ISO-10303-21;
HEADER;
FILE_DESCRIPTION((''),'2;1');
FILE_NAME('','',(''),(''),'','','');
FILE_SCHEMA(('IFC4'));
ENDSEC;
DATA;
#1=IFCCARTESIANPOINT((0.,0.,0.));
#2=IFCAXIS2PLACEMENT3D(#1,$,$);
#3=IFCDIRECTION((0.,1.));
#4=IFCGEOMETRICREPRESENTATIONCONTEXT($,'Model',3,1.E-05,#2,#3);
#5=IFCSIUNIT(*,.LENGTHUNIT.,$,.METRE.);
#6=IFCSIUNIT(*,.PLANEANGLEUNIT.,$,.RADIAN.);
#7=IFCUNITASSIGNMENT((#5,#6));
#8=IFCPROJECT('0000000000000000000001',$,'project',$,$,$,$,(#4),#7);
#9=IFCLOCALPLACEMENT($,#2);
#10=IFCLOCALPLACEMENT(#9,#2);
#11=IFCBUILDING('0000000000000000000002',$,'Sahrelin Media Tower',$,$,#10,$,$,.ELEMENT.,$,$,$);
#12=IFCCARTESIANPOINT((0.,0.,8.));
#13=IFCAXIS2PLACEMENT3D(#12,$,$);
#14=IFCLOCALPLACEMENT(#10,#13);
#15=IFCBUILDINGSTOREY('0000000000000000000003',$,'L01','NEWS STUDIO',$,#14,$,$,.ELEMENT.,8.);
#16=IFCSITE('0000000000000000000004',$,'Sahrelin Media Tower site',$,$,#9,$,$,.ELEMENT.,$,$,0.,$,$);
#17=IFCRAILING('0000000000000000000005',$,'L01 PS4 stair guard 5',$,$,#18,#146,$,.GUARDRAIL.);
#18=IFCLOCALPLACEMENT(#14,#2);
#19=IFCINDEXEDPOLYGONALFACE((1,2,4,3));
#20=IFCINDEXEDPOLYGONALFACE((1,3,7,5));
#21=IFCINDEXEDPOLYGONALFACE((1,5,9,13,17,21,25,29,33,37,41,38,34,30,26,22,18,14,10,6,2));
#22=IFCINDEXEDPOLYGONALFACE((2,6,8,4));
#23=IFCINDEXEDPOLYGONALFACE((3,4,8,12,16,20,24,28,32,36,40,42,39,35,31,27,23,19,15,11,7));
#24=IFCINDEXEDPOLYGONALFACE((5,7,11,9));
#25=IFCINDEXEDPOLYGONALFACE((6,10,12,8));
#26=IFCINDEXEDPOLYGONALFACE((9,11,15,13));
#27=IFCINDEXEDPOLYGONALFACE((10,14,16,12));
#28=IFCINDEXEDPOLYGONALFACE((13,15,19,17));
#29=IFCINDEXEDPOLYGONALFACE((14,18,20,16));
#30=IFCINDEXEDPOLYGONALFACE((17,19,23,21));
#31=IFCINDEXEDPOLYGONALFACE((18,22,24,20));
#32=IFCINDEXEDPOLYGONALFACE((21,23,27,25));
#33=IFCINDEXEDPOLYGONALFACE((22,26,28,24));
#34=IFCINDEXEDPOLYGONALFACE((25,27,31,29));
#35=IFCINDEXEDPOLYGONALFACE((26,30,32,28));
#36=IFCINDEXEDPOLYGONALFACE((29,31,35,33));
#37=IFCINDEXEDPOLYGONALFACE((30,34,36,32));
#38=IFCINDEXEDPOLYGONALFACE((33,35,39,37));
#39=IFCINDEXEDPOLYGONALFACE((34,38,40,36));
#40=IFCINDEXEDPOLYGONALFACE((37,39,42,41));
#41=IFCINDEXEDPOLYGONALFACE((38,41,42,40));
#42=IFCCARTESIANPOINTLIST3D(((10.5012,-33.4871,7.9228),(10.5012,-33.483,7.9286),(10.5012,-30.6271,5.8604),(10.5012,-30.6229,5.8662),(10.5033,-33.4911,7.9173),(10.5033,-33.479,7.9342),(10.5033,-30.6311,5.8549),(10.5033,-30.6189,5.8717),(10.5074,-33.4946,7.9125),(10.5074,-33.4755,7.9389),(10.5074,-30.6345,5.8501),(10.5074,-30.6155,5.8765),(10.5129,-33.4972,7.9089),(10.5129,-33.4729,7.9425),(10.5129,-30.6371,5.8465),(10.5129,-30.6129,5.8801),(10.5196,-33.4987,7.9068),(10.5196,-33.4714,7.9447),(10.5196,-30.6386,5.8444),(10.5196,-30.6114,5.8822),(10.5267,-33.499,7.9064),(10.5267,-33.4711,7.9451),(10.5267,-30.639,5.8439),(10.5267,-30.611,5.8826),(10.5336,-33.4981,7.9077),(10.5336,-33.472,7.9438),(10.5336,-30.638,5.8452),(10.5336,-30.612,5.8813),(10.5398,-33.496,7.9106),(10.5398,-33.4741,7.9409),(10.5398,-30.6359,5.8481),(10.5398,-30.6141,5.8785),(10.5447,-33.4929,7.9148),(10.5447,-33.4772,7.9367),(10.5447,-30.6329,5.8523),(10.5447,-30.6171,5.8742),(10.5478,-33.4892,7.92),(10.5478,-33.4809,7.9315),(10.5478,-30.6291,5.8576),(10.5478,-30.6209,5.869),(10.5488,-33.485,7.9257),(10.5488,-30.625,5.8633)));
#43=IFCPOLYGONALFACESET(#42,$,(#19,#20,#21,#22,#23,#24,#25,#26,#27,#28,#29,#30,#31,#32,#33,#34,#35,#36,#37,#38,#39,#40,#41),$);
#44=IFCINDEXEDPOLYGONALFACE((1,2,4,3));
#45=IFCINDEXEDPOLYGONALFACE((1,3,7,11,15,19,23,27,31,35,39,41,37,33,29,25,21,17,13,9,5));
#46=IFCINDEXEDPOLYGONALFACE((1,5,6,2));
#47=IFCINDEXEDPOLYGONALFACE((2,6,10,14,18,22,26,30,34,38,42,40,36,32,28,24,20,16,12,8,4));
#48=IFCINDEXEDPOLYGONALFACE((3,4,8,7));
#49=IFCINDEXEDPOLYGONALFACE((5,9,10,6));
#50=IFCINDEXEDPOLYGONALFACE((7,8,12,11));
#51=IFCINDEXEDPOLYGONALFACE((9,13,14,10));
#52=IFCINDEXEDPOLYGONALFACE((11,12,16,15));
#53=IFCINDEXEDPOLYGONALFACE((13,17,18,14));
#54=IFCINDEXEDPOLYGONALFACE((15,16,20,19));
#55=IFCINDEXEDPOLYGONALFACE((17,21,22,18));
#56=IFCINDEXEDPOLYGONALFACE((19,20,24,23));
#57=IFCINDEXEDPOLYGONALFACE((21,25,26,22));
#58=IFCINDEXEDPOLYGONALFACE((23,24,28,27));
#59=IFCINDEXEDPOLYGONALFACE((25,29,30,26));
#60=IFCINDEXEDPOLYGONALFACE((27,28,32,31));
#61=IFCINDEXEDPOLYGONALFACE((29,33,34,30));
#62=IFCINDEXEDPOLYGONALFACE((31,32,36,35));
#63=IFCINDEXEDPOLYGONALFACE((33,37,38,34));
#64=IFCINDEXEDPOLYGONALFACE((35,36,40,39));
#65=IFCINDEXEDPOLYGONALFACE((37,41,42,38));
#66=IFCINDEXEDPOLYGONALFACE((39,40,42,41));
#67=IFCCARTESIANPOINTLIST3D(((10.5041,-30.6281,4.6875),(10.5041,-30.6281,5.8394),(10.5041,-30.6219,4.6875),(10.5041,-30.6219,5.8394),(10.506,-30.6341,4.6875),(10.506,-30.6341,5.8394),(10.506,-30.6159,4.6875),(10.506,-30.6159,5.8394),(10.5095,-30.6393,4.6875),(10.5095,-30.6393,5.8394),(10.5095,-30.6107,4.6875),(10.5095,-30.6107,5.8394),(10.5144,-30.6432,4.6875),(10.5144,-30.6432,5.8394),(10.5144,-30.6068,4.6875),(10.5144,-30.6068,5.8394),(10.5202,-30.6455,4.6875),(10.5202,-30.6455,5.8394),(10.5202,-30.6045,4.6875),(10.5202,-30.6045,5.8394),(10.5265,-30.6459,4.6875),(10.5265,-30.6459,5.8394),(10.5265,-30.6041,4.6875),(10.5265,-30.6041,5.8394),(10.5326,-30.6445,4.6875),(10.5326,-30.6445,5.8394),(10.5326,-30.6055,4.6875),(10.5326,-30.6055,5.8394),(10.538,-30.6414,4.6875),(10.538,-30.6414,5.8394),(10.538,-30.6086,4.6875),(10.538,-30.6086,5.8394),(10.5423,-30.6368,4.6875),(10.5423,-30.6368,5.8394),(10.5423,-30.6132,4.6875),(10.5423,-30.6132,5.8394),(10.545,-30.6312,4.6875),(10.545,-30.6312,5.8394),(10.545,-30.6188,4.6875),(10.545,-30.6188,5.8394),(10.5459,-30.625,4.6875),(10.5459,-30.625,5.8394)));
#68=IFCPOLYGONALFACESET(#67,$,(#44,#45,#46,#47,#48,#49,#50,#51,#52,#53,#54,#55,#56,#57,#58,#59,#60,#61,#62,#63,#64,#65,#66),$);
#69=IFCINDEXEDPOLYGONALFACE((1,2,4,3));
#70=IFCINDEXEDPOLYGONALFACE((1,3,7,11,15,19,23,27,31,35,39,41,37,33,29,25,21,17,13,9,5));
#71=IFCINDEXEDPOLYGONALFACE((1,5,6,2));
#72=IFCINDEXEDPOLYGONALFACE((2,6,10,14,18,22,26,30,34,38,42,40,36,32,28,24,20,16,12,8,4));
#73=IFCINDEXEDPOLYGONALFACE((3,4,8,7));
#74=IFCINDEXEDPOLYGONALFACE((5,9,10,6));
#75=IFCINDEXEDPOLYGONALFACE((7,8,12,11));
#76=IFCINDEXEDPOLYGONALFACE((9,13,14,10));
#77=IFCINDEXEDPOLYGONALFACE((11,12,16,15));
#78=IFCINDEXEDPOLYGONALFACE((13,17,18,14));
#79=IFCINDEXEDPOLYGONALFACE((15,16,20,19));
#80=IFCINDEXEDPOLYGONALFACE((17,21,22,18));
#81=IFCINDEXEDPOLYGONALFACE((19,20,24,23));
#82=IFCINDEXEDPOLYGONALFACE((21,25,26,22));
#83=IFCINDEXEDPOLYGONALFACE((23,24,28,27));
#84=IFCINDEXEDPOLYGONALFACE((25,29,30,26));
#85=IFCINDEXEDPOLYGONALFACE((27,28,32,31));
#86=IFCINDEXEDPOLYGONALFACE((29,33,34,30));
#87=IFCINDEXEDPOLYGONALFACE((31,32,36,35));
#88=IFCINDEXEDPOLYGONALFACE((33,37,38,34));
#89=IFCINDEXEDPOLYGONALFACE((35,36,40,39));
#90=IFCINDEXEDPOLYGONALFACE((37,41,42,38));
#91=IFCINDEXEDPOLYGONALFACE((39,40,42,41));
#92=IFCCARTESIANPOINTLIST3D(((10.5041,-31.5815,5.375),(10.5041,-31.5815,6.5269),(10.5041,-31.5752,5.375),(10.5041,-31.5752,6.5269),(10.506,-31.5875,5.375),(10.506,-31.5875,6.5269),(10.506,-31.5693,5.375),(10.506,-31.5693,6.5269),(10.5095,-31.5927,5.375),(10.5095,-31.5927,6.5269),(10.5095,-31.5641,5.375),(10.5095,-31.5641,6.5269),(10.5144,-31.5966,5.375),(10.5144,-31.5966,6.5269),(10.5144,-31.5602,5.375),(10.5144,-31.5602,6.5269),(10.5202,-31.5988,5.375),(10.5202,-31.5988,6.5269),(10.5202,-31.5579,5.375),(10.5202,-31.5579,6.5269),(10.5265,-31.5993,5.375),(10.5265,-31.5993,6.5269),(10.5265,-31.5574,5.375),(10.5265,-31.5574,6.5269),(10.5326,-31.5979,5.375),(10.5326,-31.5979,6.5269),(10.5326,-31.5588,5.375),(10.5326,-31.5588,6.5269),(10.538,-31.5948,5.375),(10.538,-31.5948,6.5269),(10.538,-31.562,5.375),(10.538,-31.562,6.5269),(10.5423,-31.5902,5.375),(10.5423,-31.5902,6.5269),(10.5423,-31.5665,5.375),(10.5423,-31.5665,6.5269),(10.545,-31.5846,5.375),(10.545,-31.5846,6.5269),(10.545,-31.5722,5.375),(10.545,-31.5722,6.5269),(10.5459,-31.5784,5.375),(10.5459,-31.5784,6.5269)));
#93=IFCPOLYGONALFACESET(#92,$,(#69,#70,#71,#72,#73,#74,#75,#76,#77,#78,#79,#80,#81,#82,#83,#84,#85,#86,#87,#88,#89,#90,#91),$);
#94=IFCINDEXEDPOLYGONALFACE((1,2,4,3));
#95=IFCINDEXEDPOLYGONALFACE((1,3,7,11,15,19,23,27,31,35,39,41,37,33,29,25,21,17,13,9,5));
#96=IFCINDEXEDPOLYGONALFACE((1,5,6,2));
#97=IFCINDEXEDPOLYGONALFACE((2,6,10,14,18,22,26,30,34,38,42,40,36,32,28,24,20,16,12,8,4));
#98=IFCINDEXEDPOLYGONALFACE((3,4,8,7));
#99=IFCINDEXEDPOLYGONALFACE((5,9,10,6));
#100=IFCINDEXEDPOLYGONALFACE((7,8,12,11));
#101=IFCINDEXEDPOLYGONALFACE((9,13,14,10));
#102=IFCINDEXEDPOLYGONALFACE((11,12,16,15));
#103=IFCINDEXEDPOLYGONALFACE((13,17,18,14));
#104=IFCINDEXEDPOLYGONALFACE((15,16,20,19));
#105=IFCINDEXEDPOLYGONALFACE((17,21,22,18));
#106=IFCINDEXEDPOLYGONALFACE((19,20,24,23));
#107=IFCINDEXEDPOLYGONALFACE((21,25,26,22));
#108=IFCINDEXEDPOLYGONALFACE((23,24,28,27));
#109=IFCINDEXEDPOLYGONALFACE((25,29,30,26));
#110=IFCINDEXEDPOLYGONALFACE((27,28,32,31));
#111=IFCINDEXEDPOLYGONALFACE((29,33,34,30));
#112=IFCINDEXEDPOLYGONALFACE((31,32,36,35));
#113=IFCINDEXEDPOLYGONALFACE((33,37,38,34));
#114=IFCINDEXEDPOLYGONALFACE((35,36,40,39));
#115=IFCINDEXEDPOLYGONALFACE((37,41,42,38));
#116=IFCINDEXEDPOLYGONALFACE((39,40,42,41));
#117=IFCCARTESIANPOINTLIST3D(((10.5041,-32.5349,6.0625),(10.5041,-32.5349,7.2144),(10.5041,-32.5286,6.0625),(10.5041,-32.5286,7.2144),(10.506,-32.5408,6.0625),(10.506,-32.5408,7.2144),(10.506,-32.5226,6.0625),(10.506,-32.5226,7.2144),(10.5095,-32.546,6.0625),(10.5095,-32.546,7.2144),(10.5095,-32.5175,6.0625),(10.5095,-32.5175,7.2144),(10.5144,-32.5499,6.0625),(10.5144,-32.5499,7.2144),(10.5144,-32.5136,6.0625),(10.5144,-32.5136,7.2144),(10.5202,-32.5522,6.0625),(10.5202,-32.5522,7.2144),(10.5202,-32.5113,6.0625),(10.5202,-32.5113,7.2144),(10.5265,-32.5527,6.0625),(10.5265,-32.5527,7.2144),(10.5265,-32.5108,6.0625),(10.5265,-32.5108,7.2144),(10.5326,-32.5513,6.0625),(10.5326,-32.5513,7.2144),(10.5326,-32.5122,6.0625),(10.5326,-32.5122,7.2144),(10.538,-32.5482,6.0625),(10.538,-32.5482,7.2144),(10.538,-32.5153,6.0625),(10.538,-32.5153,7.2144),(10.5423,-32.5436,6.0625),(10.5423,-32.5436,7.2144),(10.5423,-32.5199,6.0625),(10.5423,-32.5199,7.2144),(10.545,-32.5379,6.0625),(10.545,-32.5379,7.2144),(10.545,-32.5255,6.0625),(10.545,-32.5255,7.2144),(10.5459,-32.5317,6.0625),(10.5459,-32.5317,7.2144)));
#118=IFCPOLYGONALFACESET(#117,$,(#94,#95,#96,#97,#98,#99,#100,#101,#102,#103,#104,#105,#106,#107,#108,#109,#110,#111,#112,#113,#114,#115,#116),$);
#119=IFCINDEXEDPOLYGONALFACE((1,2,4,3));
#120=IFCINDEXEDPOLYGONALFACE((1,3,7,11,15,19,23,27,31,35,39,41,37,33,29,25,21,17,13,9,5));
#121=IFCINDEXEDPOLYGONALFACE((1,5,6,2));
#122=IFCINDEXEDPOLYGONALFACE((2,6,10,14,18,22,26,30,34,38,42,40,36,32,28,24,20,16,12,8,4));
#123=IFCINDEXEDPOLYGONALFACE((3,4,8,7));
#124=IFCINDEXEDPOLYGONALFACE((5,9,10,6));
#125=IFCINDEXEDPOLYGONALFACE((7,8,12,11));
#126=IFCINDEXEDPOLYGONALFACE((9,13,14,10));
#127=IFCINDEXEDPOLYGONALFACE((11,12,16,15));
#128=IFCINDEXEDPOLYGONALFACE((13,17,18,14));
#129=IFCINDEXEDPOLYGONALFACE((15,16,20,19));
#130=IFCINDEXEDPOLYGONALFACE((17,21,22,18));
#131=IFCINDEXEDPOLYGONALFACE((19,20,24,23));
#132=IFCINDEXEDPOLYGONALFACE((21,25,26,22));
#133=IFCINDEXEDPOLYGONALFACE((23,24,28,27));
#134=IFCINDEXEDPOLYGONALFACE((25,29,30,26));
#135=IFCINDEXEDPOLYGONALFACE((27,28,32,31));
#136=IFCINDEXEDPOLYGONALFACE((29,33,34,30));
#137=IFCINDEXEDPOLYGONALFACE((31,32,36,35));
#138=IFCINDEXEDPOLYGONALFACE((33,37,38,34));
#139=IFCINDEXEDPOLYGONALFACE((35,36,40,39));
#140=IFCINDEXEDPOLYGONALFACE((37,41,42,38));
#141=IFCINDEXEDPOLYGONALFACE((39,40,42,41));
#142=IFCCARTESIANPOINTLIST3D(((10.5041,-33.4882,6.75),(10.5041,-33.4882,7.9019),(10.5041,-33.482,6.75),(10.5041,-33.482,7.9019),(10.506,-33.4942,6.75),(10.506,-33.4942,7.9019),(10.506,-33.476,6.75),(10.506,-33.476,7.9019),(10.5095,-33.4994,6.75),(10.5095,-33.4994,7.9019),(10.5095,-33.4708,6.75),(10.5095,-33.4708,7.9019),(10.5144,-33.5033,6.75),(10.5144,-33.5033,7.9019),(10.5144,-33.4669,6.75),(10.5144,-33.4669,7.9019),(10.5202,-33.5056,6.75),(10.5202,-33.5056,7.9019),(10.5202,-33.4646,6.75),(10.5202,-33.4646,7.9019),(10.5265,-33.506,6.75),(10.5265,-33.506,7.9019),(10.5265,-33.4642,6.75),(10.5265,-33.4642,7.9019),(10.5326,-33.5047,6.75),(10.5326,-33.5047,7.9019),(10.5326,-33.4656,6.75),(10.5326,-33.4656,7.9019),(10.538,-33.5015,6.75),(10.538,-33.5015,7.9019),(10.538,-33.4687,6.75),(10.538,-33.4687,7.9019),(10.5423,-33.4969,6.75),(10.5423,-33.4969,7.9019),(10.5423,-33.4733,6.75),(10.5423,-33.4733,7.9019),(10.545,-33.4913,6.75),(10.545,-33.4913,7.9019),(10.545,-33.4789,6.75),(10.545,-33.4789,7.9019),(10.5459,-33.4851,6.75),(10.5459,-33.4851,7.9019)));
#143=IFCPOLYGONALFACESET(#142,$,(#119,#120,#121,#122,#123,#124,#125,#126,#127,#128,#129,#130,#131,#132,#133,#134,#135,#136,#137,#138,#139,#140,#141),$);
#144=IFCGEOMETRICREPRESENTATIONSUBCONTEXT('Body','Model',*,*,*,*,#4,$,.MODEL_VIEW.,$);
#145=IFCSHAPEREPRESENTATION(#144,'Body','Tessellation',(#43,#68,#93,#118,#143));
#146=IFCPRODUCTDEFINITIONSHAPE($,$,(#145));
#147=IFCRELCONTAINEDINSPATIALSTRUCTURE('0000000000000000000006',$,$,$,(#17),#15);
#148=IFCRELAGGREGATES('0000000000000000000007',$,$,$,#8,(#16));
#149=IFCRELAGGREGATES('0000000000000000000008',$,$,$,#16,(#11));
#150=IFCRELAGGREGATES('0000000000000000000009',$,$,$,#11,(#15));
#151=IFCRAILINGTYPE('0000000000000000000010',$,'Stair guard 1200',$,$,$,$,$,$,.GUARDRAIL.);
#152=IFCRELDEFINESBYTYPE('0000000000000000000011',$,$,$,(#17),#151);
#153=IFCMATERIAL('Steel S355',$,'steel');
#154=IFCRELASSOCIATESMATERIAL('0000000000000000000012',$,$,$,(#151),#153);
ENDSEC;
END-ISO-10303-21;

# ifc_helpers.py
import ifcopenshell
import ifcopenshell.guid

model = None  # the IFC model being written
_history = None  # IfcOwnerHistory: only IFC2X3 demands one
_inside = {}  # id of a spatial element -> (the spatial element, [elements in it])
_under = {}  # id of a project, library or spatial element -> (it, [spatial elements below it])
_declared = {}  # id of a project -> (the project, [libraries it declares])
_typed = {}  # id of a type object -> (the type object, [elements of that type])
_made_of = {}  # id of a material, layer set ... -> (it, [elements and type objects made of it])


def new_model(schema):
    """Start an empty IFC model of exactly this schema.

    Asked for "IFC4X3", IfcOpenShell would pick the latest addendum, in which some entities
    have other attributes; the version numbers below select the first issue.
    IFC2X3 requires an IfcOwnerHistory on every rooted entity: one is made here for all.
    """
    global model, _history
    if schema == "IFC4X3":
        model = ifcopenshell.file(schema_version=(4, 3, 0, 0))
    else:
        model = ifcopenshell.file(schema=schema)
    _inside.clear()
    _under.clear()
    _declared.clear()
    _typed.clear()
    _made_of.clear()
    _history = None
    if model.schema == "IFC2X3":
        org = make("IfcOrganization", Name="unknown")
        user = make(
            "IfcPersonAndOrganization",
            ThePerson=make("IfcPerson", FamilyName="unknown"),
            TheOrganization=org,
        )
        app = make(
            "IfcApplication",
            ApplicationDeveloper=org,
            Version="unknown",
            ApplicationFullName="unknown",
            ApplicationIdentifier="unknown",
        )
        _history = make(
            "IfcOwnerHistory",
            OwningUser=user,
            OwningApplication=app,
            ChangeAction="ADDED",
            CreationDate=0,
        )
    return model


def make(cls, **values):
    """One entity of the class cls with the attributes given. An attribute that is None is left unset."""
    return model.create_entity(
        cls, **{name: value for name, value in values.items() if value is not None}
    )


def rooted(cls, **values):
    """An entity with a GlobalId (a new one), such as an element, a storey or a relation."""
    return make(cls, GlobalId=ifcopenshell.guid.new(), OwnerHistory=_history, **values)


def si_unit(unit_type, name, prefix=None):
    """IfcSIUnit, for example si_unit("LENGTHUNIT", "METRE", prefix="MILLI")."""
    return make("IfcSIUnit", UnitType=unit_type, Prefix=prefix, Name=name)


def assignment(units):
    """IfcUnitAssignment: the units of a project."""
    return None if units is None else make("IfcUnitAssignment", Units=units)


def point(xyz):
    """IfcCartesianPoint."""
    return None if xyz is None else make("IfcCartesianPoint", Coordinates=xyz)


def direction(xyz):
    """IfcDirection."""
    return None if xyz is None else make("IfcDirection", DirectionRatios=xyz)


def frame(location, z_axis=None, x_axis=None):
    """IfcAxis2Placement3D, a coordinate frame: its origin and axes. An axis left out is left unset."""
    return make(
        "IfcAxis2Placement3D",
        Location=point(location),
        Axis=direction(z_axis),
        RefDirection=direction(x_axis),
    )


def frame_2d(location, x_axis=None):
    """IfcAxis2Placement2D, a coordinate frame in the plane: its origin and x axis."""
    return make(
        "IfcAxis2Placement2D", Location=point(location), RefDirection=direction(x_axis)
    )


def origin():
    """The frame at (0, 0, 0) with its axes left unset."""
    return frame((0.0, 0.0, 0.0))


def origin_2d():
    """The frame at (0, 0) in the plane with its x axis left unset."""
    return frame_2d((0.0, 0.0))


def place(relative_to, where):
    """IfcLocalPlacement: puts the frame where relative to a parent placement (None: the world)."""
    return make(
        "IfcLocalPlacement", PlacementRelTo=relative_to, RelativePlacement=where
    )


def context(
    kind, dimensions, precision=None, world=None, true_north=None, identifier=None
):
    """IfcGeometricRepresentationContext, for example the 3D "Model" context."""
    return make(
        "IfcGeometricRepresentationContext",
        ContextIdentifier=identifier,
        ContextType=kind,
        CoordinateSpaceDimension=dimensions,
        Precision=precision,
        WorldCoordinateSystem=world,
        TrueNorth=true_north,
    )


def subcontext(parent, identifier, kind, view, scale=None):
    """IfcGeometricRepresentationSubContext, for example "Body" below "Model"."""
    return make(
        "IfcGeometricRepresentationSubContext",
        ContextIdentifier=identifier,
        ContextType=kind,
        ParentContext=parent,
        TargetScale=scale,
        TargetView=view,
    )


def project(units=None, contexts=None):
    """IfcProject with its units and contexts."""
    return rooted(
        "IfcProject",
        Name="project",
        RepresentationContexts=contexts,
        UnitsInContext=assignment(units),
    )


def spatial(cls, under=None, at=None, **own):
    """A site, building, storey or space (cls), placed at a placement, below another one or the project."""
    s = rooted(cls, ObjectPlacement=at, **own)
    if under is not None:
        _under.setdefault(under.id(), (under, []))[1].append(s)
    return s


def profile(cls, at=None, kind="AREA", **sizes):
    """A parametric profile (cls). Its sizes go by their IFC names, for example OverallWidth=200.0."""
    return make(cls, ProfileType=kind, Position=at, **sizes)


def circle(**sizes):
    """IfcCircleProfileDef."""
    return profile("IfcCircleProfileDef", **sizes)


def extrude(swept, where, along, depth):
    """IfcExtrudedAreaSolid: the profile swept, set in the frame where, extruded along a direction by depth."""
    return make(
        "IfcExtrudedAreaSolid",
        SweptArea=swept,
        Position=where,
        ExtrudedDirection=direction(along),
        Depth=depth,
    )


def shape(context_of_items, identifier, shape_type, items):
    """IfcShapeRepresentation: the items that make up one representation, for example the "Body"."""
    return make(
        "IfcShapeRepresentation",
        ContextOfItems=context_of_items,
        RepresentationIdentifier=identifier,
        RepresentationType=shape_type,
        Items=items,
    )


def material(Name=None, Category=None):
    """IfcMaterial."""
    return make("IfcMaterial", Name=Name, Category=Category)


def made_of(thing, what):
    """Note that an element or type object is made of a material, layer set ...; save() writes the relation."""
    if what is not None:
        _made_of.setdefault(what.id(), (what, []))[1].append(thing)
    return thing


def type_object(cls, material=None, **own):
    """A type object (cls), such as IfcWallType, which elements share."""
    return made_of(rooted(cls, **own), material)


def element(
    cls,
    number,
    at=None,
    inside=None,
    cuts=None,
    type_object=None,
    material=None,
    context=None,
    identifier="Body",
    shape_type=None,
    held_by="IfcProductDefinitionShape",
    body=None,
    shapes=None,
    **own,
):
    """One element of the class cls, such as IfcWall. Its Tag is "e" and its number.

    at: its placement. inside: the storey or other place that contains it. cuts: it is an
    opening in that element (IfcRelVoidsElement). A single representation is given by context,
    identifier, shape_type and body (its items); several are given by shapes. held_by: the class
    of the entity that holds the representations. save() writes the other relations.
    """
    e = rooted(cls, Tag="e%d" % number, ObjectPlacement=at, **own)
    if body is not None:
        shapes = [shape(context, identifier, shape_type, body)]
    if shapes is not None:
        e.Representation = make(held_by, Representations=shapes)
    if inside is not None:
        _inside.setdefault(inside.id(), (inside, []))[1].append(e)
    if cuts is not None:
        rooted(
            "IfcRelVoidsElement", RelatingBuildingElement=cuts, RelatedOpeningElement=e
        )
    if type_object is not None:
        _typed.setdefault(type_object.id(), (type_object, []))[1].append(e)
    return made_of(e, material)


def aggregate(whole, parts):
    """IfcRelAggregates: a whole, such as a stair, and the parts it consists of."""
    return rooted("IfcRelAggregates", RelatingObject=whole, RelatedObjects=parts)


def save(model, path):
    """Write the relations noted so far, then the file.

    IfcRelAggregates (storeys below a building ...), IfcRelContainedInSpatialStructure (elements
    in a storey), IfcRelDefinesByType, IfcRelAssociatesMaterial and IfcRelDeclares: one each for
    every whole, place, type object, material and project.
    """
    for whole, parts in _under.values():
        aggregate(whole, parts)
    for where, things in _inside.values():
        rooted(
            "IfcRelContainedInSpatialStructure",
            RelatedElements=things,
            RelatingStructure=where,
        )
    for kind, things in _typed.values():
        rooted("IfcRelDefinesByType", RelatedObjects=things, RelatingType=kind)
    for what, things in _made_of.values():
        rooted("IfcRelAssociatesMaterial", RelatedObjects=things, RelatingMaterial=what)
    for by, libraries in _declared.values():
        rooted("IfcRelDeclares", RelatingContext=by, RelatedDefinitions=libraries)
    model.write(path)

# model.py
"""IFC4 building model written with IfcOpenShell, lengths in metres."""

from ifc_helpers import new_model, si_unit, direction, frame, origin, origin_2d, place, context, subcontext, project, spatial, circle, extrude, material, type_object, element, save


model = new_model("IFC4")

# Units and contexts
model_context = context("Model", 3, precision=1e-05, world=origin(), true_north=direction((0.0, 1.0)))
body_context = subcontext(model_context, "Body", "Model", "MODEL_VIEW")
ifc_project = project(units=[si_unit("LENGTHUNIT", "METRE"), si_unit("PLANEANGLEUNIT", "RADIAN")], contexts=[model_context])

# Site, building, storey
site_placement = place(None, origin())
site = spatial("IfcSite", under=ifc_project, at=site_placement, Name="Sahrelin Media Tower site", CompositionType="ELEMENT", RefElevation=0.0)
building_placement = place(site_placement, origin())
building = spatial("IfcBuilding", under=site, at=building_placement, Name="Sahrelin Media Tower", CompositionType="ELEMENT")
storey_placement = place(building_placement, frame((0.0, 0.0, 8.0)))
storey = spatial("IfcBuildingStorey", under=building, at=storey_placement, Name="L01", Description="NEWS STUDIO", CompositionType="ELEMENT", Elevation=8.0)

# Shared definitions
ifc_material_1 = material(Name="Steel S355", Category="steel")

# Railing
railing_type_1 = type_object("IfcRailingType", Name="Stair guard 1200", PredefinedType="GUARDRAIL", material=ifc_material_1)
railing_1_placement = place(storey_placement, frame((10.5249, -30.625, 4.6875)))
element("IfcRailing", 1, at=railing_1_placement, inside=storey, type_object=railing_type_1, Name="L01 PS4 stair guard 5", PredefinedType="GUARDRAIL", context=body_context, shape_type="SweptSolid", body=[
    extrude(circle(Radius=0.0239, at=origin_2d()), frame((0.0, 0.0, 1.1758), z_axis=(0.0, -0.811101, 0.584906), x_axis=(1.0, 0.0, 0.0)), (0.0, 0.0, 1.0), 3.5261),
    extrude(circle(Radius=0.021, at=origin_2d()), origin(), (0.0, 0.0, 1.0), 1.1519),
    extrude(circle(Radius=0.021, at=origin_2d()), frame((0.0, -0.9534, 0.6875)), (0.0, 0.0, 1.0), 1.1519),
    extrude(circle(Radius=0.021, at=origin_2d()), frame((0.0, -1.9067, 1.375)), (0.0, 0.0, 1.0), 1.1519),
    extrude(circle(Radius=0.021, at=origin_2d()), frame((0.0, -2.8601, 2.0625)), (0.0, 0.0, 1.0), 1.1519),
])

save(model, "model.ifc")
